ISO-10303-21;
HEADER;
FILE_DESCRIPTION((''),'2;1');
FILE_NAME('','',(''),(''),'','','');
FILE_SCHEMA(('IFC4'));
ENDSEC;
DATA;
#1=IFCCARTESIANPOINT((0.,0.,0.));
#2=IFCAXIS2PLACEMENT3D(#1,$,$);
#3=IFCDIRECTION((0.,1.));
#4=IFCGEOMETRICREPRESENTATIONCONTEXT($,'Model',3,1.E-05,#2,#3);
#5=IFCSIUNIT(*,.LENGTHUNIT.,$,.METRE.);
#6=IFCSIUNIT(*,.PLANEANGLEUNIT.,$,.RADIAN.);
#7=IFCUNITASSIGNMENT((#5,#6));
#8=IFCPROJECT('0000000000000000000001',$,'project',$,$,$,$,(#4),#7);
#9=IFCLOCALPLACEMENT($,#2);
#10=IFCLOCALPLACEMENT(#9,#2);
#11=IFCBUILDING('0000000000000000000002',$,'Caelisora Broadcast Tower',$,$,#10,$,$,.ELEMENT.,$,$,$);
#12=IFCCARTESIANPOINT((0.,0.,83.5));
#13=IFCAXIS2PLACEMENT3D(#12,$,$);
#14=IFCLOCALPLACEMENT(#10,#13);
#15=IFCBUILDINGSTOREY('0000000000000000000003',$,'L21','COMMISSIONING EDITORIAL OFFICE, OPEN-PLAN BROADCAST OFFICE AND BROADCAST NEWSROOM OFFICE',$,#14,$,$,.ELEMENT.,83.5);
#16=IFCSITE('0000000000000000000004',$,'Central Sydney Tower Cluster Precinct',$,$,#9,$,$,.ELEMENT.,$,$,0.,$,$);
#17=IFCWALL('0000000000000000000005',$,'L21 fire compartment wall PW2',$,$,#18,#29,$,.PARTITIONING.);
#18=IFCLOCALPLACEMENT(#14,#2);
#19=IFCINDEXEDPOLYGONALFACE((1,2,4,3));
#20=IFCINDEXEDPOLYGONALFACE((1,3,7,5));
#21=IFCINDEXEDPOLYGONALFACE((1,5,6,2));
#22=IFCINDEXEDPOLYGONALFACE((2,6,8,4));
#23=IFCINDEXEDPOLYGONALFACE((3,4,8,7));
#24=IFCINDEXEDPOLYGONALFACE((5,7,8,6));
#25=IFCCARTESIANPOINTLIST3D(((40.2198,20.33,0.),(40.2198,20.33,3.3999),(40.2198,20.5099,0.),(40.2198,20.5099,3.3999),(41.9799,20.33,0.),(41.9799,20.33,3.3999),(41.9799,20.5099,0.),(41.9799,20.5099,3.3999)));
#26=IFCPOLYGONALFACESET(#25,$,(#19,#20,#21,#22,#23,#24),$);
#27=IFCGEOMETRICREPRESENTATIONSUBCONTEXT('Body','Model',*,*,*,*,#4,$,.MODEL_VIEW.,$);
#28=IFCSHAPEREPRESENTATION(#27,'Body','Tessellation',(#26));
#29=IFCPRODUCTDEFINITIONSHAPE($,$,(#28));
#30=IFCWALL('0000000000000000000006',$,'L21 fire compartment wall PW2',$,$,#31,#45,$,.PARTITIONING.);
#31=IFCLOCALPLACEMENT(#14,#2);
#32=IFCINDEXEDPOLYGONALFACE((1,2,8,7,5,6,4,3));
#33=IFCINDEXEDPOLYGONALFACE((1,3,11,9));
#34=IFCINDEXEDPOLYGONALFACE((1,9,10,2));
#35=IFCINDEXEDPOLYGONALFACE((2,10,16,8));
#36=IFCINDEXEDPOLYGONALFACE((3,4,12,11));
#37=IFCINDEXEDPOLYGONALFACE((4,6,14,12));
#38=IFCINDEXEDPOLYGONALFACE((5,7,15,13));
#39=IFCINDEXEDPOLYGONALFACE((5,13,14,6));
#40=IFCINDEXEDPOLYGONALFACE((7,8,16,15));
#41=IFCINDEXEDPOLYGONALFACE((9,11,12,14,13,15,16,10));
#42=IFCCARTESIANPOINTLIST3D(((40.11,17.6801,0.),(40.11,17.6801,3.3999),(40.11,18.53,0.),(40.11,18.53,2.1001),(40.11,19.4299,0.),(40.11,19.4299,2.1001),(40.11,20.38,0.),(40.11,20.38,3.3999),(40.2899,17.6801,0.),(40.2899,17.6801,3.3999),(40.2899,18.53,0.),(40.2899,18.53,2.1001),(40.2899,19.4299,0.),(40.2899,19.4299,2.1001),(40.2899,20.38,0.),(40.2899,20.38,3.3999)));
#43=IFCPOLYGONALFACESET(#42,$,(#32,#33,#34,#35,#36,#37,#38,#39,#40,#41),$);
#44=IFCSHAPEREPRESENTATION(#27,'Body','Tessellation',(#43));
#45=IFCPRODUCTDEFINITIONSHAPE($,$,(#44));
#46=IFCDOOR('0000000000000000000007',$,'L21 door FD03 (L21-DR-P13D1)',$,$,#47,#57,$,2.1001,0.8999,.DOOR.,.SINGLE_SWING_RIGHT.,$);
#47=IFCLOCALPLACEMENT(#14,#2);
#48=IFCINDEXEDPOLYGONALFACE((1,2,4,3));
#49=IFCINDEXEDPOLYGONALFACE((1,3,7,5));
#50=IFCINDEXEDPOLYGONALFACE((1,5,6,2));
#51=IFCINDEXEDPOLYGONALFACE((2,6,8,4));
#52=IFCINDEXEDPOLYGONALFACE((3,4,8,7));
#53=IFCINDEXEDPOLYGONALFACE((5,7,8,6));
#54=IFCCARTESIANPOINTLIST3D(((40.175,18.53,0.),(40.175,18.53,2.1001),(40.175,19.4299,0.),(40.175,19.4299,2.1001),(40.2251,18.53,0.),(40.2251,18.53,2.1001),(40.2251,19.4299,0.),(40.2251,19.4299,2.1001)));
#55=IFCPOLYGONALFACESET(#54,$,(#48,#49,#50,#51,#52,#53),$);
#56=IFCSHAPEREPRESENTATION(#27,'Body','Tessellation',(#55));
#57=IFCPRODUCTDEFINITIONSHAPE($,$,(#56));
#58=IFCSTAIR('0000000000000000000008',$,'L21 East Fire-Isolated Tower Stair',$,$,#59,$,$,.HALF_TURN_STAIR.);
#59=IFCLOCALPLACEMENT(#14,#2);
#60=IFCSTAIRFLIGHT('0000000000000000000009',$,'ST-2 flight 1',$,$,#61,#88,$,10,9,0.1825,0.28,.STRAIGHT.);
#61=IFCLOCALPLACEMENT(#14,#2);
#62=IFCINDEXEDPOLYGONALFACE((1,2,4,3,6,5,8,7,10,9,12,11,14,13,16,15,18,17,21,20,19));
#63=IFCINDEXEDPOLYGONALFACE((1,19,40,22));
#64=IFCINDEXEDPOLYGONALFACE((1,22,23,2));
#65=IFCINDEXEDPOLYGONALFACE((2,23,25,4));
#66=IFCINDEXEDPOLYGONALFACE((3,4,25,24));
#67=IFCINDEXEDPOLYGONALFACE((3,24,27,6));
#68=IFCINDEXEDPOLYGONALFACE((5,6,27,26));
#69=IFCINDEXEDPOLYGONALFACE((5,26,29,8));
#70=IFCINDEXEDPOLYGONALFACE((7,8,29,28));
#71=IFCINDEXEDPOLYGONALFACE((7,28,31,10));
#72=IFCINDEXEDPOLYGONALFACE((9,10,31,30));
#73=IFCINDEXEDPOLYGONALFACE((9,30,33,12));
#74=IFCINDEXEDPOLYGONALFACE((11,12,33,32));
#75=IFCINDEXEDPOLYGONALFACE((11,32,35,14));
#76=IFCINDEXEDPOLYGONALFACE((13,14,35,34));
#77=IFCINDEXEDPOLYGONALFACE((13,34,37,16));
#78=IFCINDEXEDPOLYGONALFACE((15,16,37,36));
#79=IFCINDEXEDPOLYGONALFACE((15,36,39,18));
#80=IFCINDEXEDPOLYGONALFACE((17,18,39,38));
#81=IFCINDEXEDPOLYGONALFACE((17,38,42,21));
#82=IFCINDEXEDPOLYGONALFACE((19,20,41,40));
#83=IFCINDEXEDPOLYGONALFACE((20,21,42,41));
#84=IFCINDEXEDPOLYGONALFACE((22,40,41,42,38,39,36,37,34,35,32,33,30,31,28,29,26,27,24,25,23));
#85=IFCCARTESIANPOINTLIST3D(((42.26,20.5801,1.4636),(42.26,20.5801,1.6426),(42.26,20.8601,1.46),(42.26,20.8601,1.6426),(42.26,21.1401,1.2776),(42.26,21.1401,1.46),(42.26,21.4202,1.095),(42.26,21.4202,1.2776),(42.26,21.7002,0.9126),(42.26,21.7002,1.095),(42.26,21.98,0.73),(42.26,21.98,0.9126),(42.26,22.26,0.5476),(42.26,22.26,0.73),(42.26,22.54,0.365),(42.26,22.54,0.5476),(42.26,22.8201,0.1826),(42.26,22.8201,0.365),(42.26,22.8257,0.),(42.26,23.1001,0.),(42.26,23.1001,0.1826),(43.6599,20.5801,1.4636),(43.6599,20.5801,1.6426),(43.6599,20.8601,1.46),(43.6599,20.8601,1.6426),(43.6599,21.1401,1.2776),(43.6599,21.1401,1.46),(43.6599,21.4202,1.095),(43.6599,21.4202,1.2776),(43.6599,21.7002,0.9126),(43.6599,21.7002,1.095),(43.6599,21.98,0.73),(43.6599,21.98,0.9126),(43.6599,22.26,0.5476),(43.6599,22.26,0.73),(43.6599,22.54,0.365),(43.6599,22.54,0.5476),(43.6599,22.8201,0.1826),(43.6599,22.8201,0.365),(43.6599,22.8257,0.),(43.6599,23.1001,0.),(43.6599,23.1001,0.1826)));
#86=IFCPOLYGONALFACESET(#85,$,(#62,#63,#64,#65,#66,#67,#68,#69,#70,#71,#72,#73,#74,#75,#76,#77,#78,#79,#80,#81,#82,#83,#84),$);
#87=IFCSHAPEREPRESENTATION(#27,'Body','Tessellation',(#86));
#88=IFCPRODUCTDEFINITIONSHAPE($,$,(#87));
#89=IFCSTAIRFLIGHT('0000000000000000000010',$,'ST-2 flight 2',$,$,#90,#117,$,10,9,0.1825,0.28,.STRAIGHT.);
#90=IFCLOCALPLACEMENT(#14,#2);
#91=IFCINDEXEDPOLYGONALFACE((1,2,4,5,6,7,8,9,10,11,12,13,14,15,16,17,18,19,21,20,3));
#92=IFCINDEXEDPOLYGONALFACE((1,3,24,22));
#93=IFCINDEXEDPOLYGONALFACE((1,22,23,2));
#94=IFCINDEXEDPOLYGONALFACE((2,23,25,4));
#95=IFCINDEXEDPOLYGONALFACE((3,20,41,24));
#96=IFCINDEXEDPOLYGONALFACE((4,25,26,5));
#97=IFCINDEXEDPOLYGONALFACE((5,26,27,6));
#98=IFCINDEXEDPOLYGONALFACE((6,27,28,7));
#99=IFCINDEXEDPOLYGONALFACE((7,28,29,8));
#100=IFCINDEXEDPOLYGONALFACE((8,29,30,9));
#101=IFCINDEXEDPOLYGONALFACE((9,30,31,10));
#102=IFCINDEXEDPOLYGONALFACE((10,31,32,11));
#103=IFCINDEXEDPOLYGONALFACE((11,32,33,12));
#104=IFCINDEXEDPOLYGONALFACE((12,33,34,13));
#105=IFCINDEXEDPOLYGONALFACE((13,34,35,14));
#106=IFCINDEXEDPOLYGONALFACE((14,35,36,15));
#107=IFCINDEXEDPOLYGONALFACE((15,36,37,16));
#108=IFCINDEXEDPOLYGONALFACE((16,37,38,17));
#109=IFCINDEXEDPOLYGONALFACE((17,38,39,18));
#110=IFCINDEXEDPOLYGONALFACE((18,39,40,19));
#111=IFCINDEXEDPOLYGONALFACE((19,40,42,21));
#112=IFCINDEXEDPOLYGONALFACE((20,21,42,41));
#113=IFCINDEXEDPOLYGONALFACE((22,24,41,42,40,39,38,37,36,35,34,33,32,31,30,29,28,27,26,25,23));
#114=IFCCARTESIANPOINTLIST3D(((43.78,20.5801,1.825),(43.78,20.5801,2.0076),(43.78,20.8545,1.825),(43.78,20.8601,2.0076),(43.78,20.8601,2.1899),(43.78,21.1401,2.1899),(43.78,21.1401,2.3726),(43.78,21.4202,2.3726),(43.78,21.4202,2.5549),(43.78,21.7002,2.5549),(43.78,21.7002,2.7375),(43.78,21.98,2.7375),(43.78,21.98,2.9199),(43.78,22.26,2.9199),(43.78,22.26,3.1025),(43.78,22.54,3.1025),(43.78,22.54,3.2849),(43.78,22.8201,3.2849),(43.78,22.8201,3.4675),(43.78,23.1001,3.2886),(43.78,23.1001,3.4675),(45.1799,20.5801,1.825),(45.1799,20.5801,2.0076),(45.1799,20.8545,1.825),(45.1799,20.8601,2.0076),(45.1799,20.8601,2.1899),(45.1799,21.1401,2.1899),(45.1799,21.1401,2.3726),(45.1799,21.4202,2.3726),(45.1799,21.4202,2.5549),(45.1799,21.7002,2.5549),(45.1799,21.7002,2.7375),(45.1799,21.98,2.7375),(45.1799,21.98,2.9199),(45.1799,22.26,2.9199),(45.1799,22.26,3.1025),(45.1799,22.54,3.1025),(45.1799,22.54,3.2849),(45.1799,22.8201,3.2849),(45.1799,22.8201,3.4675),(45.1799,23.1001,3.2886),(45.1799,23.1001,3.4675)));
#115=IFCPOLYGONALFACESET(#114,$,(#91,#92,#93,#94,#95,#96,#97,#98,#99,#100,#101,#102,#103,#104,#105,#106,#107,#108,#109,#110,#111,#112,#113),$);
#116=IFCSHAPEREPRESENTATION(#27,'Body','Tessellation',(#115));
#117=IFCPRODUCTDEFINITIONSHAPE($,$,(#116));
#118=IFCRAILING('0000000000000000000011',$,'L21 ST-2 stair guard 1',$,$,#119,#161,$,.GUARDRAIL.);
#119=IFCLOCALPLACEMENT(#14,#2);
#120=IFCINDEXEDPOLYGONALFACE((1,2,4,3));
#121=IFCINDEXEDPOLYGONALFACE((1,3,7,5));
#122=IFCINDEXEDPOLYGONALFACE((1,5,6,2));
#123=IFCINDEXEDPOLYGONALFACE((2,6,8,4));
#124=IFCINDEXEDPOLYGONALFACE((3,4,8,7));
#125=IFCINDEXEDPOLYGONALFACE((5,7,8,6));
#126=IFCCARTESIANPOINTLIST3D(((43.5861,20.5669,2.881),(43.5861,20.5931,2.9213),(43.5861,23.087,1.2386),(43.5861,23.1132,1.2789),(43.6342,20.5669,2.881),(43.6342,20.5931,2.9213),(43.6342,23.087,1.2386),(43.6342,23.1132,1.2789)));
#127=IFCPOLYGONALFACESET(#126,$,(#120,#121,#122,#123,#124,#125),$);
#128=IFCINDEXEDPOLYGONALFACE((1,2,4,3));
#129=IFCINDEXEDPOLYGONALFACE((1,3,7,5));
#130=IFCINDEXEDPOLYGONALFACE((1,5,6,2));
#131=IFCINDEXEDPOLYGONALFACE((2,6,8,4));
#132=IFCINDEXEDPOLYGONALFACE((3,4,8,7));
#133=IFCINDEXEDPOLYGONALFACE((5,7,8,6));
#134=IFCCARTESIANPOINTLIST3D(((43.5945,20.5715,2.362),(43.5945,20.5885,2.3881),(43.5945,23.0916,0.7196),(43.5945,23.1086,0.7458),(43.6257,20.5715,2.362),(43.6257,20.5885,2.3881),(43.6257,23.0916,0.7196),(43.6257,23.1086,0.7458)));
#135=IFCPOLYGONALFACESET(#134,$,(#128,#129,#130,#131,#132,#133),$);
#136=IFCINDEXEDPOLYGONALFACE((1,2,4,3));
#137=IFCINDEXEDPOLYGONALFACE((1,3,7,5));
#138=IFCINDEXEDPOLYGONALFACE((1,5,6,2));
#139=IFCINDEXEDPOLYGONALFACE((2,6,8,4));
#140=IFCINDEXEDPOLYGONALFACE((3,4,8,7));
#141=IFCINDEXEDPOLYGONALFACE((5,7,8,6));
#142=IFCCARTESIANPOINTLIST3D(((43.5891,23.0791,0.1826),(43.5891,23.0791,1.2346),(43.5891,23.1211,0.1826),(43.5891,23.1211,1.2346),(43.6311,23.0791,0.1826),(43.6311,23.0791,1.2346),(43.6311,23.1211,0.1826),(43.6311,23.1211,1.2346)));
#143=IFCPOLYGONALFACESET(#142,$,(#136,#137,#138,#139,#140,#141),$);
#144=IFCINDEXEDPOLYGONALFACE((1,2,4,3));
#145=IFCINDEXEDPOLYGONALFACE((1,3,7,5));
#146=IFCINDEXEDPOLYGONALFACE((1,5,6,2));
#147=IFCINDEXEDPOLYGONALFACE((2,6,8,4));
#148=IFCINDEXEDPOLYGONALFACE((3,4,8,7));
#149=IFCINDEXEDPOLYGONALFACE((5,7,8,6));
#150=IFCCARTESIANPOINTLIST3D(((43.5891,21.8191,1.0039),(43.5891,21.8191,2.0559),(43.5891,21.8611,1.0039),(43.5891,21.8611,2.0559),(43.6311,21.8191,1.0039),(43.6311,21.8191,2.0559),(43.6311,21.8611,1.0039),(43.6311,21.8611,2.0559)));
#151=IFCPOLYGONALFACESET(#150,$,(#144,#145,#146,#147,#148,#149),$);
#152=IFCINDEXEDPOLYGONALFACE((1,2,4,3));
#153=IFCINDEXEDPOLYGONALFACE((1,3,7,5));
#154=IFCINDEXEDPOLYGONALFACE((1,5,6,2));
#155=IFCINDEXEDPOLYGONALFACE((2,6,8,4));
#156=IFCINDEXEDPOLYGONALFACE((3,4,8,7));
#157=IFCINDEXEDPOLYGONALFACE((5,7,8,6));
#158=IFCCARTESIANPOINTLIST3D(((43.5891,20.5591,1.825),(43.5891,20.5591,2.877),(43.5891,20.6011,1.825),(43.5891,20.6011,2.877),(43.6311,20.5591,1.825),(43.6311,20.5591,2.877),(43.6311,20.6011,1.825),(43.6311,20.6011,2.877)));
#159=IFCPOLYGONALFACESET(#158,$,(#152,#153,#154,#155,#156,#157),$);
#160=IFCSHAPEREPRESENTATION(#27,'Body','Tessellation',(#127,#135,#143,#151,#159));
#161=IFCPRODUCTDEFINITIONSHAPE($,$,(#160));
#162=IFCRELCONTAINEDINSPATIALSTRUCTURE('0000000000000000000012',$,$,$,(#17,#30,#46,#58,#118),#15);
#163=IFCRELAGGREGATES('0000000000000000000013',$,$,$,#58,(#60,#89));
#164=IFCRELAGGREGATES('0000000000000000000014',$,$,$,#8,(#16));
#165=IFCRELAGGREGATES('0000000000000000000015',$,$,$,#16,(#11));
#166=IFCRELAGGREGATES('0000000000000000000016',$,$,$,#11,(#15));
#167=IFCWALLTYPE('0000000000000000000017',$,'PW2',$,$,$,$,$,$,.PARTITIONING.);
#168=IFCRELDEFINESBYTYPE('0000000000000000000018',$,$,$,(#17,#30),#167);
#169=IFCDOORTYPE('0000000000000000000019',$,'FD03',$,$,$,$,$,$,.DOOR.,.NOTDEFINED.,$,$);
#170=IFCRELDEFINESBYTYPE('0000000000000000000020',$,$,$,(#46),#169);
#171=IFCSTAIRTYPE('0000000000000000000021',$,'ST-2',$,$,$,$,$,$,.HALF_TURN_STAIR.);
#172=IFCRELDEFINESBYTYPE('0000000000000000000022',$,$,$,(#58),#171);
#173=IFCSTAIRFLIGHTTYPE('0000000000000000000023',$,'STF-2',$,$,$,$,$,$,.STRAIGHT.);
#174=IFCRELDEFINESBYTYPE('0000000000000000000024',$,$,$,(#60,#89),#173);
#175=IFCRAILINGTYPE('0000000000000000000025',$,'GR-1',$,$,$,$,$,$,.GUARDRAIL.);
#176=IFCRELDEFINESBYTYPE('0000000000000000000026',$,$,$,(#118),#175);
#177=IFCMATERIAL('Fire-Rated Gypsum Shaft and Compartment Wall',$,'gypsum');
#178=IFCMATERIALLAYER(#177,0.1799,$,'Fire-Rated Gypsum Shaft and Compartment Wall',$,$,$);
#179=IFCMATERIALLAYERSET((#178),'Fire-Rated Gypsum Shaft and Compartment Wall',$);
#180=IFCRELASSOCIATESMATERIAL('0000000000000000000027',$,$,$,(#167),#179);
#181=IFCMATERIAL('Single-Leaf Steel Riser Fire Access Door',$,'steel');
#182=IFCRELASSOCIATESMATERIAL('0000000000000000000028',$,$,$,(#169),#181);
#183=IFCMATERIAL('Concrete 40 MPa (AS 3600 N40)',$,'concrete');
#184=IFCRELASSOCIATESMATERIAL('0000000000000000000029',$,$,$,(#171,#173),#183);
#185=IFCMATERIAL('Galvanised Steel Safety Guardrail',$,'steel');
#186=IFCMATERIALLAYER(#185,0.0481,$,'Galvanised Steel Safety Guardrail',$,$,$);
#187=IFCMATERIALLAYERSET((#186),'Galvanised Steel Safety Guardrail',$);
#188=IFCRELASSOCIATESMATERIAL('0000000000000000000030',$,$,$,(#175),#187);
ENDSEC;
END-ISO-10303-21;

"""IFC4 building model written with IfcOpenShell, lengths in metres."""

from ifc_helpers import new_model, si_unit, direction, frame, frame_2d, origin, origin_2d, place, context, subcontext, project, spatial, polyline, rectangle, outline, extrude, material, layer, layer_set, type_object, element, fill, aggregate, save


model = new_model("IFC4")

# Units and contexts
model_context = context("Model", 3, precision=1e-05, world=origin(), true_north=direction((0.0, 1.0)))
body_context = subcontext(model_context, "Body", "Model", "MODEL_VIEW")
ifc_project = project(units=[si_unit("LENGTHUNIT", "METRE"), si_unit("PLANEANGLEUNIT", "RADIAN")], contexts=[model_context])

# Site, building, storey
site_placement = place(None, origin())
site = spatial("IfcSite", under=ifc_project, at=site_placement, Name="Central Sydney Tower Cluster Precinct", CompositionType="ELEMENT", RefElevation=0.0)
building_placement = place(site_placement, origin())
building = spatial("IfcBuilding", under=site, at=building_placement, Name="Caelisora Broadcast Tower", CompositionType="ELEMENT")
storey_placement = place(building_placement, frame((0.0, 0.0, 83.5)))
storey = spatial("IfcBuildingStorey", under=building, at=storey_placement, Name="L21", Description="COMMISSIONING EDITORIAL OFFICE, OPEN-PLAN BROADCAST OFFICE AND BROADCAST NEWSROOM OFFICE", CompositionType="ELEMENT", Elevation=83.5)

# Shared definitions
ifc_material_1 = material(Name="Fire-Rated Gypsum Shaft and Compartment Wall", Category="gypsum")
ifc_layer_1 = layer(ifc_material_1, 0.1799, Name="Fire-Rated Gypsum Shaft and Compartment Wall")
ifc_layer_set_1 = layer_set([ifc_layer_1], Name="Fire-Rated Gypsum Shaft and Compartment Wall")
wall_type_1 = type_object("IfcWallType", Name="PW2", PredefinedType="PARTITIONING", material=ifc_layer_set_1)

# Wall
wall_1_placement = place(storey_placement, frame((40.22, 20.4199, 0.0), z_axis=(0.0, 0.0, 1.0), x_axis=(1.0, 0.0, 0.0)))
element("IfcWall", 1, at=wall_1_placement, inside=storey, type_object=wall_type_1, Name="L21 fire compartment wall PW2", PredefinedType="PARTITIONING", context=body_context, shape_type="SweptSolid", body=[
    extrude(rectangle(XDim=1.76, YDim=0.1799, at=frame_2d((0.8799, 0.0))), origin(), (0.0, 0.0, 1.0), 3.3999),
])

# Wall, opening, door
wall_2_placement = place(storey_placement, frame((40.2, 17.6799, 0.0), z_axis=(0.0, 0.0, 1.0), x_axis=(0.0, 1.0, 0.0)))
wall_2 = element("IfcWall", 2, at=wall_2_placement, inside=storey, type_object=wall_type_1, Name="L21 fire compartment wall PW2", PredefinedType="PARTITIONING", context=body_context, shape_type="SweptSolid", body=[
    extrude(rectangle(XDim=2.7, YDim=0.1799, at=frame_2d((1.3501, 0.0))), origin(), (0.0, 0.0, 1.0), 3.3999),
])
opening_1_placement = place(wall_2_placement, frame((0.8501, 0.0, 0.0)))
opening_1 = element("IfcOpeningElement", 3, at=opening_1_placement, cuts=wall_2, PredefinedType="OPENING", context=body_context, shape_type="SweptSolid", body=[
    extrude(rectangle(XDim=0.8999, YDim=2.1001, at=frame_2d((0.45, 1.05))), frame((0.0, 0.1021, 0.0), z_axis=(0.0, -1.0, 0.0), x_axis=(1.0, 0.0, 0.0)), (0.0, 0.0, 1.0), 0.2039),
])
ifc_material_2 = material(Name="Single-Leaf Steel Riser Fire Access Door", Category="steel")
door_type_1 = type_object("IfcDoorType", Name="FD03", OperationType="NOTDEFINED", PredefinedType="DOOR", material=ifc_material_2)
door_1_placement = place(opening_1_placement, origin())
door_1 = element("IfcDoor", 4, at=door_1_placement, inside=storey, type_object=door_type_1, Name="L21 door FD03 (L21-DR-P13D1)", OperationType="SINGLE_SWING_RIGHT", OverallHeight=2.1001, OverallWidth=0.8999, PredefinedType="DOOR", context=body_context, shape_type="SweptSolid", body=[
    extrude(rectangle(XDim=0.8999, YDim=2.1001, at=frame_2d((0.45, 1.05))), frame((0.0, 0.0249, 0.0), z_axis=(0.0, -1.0, 0.0), x_axis=(1.0, 0.0, 0.0)), (0.0, 0.0, 1.0), 0.05),
])
fill(opening_1, door_1)

# Stair, stair flights
ifc_material_3 = material(Name="Concrete 40 MPa (AS 3600 N40)", Category="concrete")
stair_type = type_object("IfcStairType", Name="ST-2", PredefinedType="HALF_TURN_STAIR", material=ifc_material_3)
stair_placement = place(storey_placement, origin())
stair = element("IfcStair", 5, at=stair_placement, inside=storey, type_object=stair_type, Name="L21 East Fire-Isolated Tower Stair", PredefinedType="HALF_TURN_STAIR")
stair_flight_type = type_object("IfcStairFlightType", Name="STF-2", PredefinedType="STRAIGHT", material=ifc_material_3)
stair_flight_1_placement = place(storey_placement, frame((42.96, 23.1001, 0.0), z_axis=(0.0, 0.0, 1.0), x_axis=(0.0, -1.0, 0.0)))
stair_flight_1 = element("IfcStairFlight", 6, at=stair_flight_1_placement, type_object=stair_flight_type, Name="ST-2 flight 1", NumberOfRisers=10, NumberOfTreads=9, PredefinedType="STRAIGHT", RiserHeight=0.1825, TreadLength=0.28, context=body_context, shape_type="SweptSolid", body=[
    extrude(outline(polyline([(0.0, 0.0), (0.0, 0.1826), (0.28, 0.1826), (0.28, 0.365), (0.5601, 0.365), (0.5601, 0.5476), (0.8401, 0.5476), (0.8401, 0.73), (1.1201, 0.73), (1.1201, 0.9126), (1.3999, 0.9126), (1.3999, 1.095), (1.6799, 1.095), (1.6799, 1.2776), (1.96, 1.2776), (1.96, 1.46), (2.24, 1.46), (2.24, 1.6426), (2.52, 1.6426), (2.52, 1.825), (2.52, 1.4636), (0.2744, 0.0), (0.0, 0.0)])), frame((0.0, 0.7, 0.0), z_axis=(0.0, -1.0, 0.0), x_axis=(1.0, 0.0, 0.0)), (0.0, 0.0, 1.0), 1.3999),
])
stair_flight_2_placement = place(storey_placement, frame((44.48, 20.5801, 1.825), z_axis=(0.0, 0.0, 1.0), x_axis=(0.0, 1.0, 0.0)))
stair_flight_2 = element("IfcStairFlight", 7, at=stair_flight_2_placement, type_object=stair_flight_type, Name="ST-2 flight 2", NumberOfRisers=10, NumberOfTreads=9, PredefinedType="STRAIGHT", RiserHeight=0.1825, TreadLength=0.28, context=body_context, shape_type="SweptSolid", body=[
    extrude(outline(polyline([(0.0, 0.0), (0.0, 0.1826), (0.28, 0.1826), (0.28, 0.365), (0.5601, 0.365), (0.5601, 0.5476), (0.8401, 0.5476), (0.8401, 0.73), (1.1201, 0.73), (1.1201, 0.9126), (1.3999, 0.9126), (1.3999, 1.095), (1.6799, 1.095), (1.6799, 1.2776), (1.96, 1.2776), (1.96, 1.46), (2.24, 1.46), (2.24, 1.6426), (2.52, 1.6426), (2.52, 1.825), (2.52, 1.4636), (0.2744, 0.0), (0.0, 0.0)])), frame((0.0, 0.7, 0.0), z_axis=(0.0, -1.0, 0.0), x_axis=(1.0, 0.0, 0.0)), (0.0, 0.0, 1.0), 1.3999),
])
aggregate(stair, [stair_flight_1, stair_flight_2])

# Railing
ifc_material_4 = material(Name="Galvanised Steel Safety Guardrail", Category="steel")
ifc_layer_2 = layer(ifc_material_4, 0.0481, Name="Galvanised Steel Safety Guardrail")
ifc_layer_set_2 = layer_set([ifc_layer_2], Name="Galvanised Steel Safety Guardrail")
railing_type_1 = type_object("IfcRailingType", Name="GR-1", PredefinedType="GUARDRAIL", material=ifc_layer_set_2)
railing_1_placement = place(storey_placement, frame((43.6101, 23.1001, 0.1826)))
element("IfcRailing", 8, at=railing_1_placement, inside=storey, type_object=railing_type_1, Name="L21 ST-2 stair guard 1", PredefinedType="GUARDRAIL", context=body_context, shape_type="SweptSolid", body=[
    extrude(rectangle(XDim=0.0481, YDim=0.0481, at=origin_2d()), frame((0.0, 0.0, 1.0762), z_axis=(0.0, -0.837787, 0.545998), x_axis=(1.0, 0.0, 0.0)), (0.0, 0.0, 1.0), 3.0081),
    extrude(rectangle(XDim=0.0312, YDim=0.0312, at=origin_2d()), frame((0.0, 0.0, 0.55), z_axis=(0.0, -0.837787, 0.545998), x_axis=(1.0, 0.0, 0.0)), (0.0, 0.0, 1.0), 3.0081),
    extrude(rectangle(XDim=0.042, YDim=0.042, at=origin_2d()), origin(), (0.0, 0.0, 1.0), 1.052),
    extrude(rectangle(XDim=0.042, YDim=0.042, at=origin_2d()), frame((0.0, -1.26, 0.8213)), (0.0, 0.0, 1.0), 1.052),
    extrude(rectangle(XDim=0.042, YDim=0.042, at=origin_2d()), frame((0.0, -2.52, 1.6423)), (0.0, 0.0, 1.0), 1.052),
])

save(model, "model.ifc")
